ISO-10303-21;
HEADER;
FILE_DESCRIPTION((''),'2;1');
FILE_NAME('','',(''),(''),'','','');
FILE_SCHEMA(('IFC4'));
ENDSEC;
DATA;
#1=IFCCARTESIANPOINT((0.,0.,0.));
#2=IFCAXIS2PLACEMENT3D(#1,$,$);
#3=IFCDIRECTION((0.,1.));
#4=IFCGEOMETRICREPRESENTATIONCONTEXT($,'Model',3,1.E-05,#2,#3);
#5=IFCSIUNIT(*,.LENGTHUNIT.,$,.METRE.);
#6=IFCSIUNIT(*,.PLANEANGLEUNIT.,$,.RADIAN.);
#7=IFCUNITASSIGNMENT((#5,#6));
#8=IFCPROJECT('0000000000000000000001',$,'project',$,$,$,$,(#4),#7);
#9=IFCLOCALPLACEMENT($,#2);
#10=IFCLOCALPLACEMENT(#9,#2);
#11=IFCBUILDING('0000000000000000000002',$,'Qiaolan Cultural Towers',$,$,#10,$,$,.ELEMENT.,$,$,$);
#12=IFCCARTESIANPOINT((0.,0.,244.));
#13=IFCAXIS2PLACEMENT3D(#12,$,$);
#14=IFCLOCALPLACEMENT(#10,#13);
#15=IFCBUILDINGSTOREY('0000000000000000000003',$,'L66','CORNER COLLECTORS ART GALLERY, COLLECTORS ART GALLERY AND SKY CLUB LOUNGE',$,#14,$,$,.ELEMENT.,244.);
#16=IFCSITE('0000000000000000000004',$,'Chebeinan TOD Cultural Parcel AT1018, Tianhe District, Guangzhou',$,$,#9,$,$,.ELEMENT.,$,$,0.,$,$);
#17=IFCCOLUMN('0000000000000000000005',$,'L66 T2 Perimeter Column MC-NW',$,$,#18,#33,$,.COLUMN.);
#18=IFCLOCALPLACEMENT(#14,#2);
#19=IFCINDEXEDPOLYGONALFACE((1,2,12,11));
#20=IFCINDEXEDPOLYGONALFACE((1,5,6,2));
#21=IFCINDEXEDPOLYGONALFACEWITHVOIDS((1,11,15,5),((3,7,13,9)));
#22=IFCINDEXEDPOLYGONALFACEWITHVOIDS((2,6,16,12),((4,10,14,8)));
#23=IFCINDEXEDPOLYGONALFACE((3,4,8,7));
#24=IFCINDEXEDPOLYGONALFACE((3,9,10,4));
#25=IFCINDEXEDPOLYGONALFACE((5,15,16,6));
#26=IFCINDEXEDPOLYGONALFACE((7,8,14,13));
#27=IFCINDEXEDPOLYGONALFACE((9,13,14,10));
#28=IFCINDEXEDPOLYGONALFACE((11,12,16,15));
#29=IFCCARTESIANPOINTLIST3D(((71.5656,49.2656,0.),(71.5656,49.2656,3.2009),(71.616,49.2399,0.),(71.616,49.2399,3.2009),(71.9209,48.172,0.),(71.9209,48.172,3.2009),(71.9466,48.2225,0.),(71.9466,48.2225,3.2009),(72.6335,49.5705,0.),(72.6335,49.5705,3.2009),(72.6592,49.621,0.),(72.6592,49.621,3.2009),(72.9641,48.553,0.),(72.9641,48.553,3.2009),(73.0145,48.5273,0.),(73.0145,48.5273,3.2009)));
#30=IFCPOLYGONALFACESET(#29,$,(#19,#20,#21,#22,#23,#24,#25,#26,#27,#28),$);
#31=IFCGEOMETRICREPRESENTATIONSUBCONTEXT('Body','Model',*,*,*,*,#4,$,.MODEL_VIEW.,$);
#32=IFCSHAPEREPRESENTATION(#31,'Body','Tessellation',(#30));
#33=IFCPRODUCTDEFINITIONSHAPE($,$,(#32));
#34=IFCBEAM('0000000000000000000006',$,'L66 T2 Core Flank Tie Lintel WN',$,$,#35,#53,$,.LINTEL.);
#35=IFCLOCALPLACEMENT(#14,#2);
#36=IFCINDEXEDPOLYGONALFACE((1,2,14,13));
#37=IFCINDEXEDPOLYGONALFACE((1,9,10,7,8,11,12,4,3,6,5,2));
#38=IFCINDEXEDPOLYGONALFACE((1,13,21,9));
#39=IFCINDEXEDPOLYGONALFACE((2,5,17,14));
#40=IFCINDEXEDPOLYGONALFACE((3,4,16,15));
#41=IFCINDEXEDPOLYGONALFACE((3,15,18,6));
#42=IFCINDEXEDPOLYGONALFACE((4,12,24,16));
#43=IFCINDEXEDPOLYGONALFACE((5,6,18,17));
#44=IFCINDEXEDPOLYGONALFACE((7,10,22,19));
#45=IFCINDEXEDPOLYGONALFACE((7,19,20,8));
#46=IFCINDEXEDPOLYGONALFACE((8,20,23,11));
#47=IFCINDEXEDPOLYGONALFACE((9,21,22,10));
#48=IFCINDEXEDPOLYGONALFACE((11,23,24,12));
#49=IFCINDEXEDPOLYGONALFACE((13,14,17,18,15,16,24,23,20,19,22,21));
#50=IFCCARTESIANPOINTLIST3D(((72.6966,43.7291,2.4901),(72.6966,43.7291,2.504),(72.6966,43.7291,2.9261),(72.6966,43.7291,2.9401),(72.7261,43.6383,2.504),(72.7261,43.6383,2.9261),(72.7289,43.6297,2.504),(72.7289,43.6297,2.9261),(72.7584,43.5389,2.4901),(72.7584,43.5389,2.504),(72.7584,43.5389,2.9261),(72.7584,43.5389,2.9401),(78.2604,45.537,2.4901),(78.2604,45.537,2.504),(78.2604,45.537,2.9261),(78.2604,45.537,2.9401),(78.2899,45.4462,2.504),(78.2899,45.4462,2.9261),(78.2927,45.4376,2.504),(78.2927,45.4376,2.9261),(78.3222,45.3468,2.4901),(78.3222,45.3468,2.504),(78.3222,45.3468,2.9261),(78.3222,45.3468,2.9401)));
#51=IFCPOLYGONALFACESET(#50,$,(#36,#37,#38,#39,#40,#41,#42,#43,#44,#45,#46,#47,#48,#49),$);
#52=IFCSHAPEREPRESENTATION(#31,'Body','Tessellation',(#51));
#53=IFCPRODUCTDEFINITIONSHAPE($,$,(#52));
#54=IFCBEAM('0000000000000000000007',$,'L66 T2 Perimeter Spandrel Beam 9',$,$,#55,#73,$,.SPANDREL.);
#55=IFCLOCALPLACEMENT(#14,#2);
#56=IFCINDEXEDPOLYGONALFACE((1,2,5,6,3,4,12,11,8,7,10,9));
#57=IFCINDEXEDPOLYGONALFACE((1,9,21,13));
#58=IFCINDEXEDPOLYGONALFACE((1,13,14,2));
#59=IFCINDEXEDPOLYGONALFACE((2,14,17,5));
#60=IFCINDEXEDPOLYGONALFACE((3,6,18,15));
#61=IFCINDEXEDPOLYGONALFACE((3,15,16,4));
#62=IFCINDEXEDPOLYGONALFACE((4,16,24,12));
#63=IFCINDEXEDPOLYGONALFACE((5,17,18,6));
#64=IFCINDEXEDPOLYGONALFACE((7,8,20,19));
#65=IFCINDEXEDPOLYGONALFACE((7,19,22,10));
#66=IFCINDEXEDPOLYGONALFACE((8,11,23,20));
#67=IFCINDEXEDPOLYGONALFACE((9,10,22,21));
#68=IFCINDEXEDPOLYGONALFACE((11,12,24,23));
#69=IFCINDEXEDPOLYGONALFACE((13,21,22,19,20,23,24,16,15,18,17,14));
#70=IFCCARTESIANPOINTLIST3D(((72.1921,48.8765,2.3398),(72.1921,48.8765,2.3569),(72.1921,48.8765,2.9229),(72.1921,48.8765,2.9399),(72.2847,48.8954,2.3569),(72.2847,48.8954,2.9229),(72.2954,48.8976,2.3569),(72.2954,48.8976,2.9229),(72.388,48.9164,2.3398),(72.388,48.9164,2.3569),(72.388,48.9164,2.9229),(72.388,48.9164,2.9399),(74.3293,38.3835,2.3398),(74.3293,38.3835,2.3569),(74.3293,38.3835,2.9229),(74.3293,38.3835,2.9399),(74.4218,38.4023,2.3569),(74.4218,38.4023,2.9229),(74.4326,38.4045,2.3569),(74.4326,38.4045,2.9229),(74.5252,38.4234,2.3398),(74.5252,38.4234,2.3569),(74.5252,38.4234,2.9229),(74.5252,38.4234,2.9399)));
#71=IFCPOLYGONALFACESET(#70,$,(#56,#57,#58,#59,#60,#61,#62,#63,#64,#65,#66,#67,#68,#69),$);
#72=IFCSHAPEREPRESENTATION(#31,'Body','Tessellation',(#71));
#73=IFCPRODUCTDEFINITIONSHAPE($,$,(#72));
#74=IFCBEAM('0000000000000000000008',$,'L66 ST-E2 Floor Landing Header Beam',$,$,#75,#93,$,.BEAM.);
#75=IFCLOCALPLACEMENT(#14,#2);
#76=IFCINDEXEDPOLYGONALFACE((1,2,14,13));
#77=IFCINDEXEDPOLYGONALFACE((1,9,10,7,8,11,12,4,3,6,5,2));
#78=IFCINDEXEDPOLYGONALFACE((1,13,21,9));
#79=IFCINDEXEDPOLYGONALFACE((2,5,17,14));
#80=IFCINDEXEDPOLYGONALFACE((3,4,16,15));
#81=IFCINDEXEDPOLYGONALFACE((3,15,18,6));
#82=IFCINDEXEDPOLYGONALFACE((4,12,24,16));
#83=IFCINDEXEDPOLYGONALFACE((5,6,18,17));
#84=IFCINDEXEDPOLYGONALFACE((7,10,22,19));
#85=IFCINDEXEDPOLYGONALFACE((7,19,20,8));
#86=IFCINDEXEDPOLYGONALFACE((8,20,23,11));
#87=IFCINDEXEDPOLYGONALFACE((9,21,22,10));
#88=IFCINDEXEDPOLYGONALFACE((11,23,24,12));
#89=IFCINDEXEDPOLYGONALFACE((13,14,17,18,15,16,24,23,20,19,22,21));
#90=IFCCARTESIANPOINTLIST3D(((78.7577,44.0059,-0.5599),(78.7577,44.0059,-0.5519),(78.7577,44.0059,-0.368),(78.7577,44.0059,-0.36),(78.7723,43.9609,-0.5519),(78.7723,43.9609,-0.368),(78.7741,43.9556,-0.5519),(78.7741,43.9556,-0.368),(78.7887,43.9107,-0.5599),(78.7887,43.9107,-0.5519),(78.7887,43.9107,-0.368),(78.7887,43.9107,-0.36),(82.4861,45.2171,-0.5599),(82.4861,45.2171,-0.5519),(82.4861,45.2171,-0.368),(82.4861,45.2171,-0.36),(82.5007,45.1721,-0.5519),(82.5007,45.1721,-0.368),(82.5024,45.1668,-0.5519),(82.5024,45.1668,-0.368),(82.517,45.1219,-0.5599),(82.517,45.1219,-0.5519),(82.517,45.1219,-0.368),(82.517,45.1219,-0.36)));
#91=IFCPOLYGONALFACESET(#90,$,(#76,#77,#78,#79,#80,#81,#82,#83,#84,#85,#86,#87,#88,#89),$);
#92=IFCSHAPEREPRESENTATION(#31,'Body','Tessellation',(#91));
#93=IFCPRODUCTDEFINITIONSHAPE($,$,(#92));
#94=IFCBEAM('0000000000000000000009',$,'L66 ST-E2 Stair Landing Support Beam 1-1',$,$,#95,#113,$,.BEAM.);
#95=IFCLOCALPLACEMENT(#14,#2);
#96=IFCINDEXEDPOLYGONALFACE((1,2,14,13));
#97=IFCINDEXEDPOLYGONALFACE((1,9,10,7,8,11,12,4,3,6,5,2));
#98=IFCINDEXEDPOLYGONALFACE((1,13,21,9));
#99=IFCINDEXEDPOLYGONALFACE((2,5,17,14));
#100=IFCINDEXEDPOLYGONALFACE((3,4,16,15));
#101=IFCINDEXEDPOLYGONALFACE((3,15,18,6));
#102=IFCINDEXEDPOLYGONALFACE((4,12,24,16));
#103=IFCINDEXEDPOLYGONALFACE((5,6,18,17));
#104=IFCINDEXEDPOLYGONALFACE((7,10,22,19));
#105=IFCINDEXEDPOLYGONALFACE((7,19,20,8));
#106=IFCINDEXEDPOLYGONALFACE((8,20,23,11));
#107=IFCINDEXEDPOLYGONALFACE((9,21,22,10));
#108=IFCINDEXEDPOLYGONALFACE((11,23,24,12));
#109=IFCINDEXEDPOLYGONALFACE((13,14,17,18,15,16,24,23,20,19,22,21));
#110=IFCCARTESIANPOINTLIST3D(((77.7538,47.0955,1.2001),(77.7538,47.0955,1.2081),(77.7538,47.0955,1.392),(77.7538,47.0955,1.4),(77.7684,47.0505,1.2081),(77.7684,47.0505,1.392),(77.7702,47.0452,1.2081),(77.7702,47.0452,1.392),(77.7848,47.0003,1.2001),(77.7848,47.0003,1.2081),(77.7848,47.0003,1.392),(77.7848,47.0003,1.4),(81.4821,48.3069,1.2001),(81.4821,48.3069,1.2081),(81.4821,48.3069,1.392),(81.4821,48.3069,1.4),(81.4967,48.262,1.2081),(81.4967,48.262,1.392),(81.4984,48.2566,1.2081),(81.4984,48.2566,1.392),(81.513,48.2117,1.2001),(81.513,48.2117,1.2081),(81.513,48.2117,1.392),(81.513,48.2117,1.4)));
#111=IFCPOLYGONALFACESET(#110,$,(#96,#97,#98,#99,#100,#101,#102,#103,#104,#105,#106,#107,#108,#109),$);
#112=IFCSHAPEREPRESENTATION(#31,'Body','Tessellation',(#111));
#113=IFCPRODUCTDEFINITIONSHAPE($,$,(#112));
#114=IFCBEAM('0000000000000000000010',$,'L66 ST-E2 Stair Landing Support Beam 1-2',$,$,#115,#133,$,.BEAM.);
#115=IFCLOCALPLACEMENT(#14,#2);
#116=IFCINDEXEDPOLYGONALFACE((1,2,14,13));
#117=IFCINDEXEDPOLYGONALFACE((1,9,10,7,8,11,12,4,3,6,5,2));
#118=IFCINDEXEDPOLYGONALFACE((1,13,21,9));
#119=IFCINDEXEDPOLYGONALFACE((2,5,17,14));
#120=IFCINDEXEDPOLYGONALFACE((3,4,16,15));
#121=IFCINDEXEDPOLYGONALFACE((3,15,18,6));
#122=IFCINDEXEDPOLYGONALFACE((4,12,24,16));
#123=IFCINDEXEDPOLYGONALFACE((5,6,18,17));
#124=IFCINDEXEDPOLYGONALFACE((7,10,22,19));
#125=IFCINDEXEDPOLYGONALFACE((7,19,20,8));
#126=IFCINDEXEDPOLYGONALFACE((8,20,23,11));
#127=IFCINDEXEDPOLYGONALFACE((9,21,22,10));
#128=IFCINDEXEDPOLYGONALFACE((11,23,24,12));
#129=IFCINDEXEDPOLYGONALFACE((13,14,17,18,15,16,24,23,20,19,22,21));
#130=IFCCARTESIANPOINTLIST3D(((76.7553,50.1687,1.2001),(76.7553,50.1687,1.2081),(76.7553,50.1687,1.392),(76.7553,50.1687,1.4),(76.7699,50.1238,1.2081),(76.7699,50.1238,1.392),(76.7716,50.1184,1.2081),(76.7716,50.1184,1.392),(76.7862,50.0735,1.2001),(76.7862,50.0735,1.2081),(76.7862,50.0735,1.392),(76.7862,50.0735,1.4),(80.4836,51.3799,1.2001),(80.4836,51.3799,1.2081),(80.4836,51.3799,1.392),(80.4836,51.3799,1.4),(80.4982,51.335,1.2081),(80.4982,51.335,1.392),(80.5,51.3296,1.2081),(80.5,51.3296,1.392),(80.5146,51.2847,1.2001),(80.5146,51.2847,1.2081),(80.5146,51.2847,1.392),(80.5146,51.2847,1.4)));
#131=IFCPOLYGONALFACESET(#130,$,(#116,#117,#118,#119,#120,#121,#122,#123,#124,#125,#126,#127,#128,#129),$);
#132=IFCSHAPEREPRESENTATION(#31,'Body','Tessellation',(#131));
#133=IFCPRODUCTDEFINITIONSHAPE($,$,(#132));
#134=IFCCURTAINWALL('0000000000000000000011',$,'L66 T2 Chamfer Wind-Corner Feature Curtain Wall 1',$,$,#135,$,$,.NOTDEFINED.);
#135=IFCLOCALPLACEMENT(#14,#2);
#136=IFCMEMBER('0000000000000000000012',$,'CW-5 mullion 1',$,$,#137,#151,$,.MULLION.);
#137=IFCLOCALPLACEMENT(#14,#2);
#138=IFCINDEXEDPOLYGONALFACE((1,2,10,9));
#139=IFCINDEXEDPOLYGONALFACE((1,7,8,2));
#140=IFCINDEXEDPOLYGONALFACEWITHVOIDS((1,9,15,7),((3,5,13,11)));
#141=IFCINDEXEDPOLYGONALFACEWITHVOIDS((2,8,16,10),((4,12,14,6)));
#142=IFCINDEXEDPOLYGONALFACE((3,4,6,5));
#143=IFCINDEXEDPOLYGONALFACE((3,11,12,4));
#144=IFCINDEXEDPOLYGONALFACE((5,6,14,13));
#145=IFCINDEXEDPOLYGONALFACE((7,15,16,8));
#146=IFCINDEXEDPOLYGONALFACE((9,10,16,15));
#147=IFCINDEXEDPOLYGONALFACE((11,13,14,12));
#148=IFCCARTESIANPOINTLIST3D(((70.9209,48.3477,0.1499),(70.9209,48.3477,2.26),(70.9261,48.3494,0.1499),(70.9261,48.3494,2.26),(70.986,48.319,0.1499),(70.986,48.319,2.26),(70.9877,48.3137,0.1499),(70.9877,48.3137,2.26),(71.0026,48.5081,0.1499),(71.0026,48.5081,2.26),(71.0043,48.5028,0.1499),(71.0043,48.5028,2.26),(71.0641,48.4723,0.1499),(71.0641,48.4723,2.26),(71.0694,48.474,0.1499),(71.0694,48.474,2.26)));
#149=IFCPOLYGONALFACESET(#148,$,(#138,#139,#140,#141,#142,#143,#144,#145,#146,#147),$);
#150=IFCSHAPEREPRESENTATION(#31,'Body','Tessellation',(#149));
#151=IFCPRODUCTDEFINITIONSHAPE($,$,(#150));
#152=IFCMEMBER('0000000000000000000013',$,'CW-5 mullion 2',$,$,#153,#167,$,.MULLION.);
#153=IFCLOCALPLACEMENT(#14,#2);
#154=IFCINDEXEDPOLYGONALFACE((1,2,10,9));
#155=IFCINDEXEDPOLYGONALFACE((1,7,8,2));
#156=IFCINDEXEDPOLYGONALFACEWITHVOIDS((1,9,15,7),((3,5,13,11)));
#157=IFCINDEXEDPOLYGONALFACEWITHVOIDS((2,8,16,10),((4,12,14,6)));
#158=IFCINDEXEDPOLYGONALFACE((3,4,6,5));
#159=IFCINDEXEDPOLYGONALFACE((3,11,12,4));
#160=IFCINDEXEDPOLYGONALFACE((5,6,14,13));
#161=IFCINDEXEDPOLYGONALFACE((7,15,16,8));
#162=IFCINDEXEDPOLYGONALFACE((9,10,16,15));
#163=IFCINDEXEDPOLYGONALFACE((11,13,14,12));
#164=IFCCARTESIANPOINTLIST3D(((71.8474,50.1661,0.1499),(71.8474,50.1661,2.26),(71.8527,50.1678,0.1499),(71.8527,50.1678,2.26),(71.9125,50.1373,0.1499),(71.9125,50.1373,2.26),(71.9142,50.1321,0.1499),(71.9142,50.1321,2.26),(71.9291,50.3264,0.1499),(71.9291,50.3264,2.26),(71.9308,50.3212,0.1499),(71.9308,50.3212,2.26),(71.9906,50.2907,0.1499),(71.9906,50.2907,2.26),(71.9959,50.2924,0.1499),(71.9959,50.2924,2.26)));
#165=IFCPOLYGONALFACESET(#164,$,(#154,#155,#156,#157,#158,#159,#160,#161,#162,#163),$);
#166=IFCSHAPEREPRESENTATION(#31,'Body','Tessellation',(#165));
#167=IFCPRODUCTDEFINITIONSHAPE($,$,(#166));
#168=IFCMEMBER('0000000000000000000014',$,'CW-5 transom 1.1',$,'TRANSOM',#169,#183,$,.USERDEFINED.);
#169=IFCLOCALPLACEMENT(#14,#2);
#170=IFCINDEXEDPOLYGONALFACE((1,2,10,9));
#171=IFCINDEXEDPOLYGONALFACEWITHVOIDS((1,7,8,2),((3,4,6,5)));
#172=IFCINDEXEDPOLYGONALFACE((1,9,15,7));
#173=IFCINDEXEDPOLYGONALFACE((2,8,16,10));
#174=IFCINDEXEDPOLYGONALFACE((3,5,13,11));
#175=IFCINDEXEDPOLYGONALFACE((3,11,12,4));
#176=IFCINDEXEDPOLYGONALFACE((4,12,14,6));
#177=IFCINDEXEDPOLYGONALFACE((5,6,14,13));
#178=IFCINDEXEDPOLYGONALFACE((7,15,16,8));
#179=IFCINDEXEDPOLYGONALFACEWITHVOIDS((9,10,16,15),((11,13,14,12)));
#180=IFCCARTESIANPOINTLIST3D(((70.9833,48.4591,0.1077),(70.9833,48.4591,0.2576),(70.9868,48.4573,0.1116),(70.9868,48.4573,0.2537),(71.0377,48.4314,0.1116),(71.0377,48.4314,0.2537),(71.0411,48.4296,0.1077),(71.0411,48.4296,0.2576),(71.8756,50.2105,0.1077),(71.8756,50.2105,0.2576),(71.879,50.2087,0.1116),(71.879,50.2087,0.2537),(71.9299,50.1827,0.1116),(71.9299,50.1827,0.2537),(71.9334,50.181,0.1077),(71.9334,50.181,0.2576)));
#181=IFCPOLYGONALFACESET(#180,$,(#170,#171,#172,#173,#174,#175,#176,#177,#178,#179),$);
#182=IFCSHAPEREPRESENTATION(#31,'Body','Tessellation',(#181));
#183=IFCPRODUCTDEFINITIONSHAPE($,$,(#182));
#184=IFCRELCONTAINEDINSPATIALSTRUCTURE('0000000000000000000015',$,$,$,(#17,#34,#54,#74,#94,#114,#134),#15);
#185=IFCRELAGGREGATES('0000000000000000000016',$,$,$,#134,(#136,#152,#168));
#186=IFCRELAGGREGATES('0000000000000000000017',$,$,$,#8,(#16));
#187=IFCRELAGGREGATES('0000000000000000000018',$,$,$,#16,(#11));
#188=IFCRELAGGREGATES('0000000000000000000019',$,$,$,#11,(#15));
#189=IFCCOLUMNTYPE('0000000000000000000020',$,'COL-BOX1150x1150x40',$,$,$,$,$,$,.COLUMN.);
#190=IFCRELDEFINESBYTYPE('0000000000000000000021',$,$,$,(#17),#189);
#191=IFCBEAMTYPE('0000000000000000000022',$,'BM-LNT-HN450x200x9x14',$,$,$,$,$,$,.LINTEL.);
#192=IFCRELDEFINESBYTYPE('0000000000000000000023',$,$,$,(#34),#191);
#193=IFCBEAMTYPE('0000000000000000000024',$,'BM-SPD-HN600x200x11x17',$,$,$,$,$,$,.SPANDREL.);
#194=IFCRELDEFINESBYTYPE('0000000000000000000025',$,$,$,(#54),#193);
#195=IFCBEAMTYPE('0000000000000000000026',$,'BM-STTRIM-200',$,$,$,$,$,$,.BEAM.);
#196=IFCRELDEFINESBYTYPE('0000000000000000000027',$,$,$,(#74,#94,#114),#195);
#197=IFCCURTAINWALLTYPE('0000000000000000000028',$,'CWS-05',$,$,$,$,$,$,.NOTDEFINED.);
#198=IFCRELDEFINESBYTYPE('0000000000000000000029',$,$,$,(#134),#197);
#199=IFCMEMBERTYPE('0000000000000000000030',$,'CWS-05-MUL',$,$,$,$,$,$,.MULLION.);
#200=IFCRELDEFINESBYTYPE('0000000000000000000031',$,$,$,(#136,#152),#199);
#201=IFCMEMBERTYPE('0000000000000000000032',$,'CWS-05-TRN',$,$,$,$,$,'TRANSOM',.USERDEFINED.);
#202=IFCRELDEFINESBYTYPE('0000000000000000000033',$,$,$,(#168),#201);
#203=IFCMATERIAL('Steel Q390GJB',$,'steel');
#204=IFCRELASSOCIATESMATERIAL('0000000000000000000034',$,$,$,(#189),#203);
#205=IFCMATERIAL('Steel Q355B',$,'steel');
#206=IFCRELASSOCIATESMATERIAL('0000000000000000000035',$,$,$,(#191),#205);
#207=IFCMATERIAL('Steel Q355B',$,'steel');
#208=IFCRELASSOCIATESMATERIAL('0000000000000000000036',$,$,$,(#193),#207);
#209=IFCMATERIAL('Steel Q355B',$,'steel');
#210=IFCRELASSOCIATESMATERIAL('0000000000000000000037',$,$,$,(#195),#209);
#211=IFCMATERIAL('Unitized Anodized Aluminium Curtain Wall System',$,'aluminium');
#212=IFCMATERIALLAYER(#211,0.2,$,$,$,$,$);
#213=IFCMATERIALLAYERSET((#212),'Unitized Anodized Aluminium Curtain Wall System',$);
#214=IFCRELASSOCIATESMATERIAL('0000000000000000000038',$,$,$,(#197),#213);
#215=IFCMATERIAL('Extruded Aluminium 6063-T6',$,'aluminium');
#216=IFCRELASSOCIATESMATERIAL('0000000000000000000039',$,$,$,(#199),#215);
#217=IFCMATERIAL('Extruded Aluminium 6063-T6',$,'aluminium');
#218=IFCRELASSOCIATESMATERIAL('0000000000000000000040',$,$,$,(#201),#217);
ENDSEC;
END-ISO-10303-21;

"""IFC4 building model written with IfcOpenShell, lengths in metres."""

from ifc_helpers import new_model, si_unit, direction, frame, origin, origin_2d, place, context, subcontext, project, spatial, hollow_rectangle, i_section, extrude, material, layer, layer_set, material_profile, profile_set, type_object, element, aggregate, save


model = new_model("IFC4")

# Units and contexts
model_context = context("Model", 3, precision=1e-05, world=origin(), true_north=direction((0.0, 1.0)))
body_context = subcontext(model_context, "Body", "Model", "MODEL_VIEW")
ifc_project = project(units=[si_unit("LENGTHUNIT", "METRE"), si_unit("PLANEANGLEUNIT", "RADIAN")], contexts=[model_context])

# Site, building, storey
site_placement = place(None, origin())
site = spatial("IfcSite", under=ifc_project, at=site_placement, Name="Chebeinan TOD Cultural Parcel AT1018, Tianhe District, Guangzhou", CompositionType="ELEMENT", RefElevation=0.0)
building_placement = place(site_placement, origin())
building = spatial("IfcBuilding", under=site, at=building_placement, Name="Qiaolan Cultural Towers", CompositionType="ELEMENT")
storey_placement = place(building_placement, frame((0.0, 0.0, 244.0)))
storey = spatial("IfcBuildingStorey", under=building, at=storey_placement, Name="L66", Description="CORNER COLLECTORS ART GALLERY, COLLECTORS ART GALLERY AND SKY CLUB LOUNGE", CompositionType="ELEMENT", Elevation=244.0)

# Column
ifc_material_1 = material(Name="Steel Q390GJB", Category="steel")
ifc_material_profile_1 = material_profile(ifc_material_1, hollow_rectangle(XDim=1.1499, YDim=1.1499, WallThickness=0.04, at=origin_2d()), Name="BOX1150x1150x40")
ifc_profile_set_1 = profile_set([ifc_material_profile_1], Name="Steel Q390GJB")
column_type = type_object("IfcColumnType", Name="COL-BOX1150x1150x40", PredefinedType="COLUMN", material=ifc_profile_set_1)
column_placement = place(storey_placement, frame((72.29, 48.8965, 0.0), z_axis=(0.0, 0.0, 1.0), x_axis=(0.951057, 0.309017, 0.0)))
element("IfcColumn", 1, at=column_placement, inside=storey, type_object=column_type, Name="L66 T2 Perimeter Column MC-NW", PredefinedType="COLUMN", context=body_context, shape_type="SweptSolid", body=[
    extrude(hollow_rectangle(XDim=1.1499, YDim=1.1499, WallThickness=0.04, at=origin_2d()), origin(), (0.0, 0.0, 1.0), 3.2009),
])

# Beams
ifc_material_2 = material(Name="Steel Q355B", Category="steel")
ifc_material_profile_2 = material_profile(ifc_material_2, i_section(OverallWidth=0.2, OverallDepth=0.45, WebThickness=0.009, FlangeThickness=0.0139, at=origin_2d()), Name="HN450x200x9x14")
ifc_profile_set_2 = profile_set([ifc_material_profile_2], Name="Steel Q355B")
beam_type_1 = type_object("IfcBeamType", Name="BM-LNT-HN450x200x9x14", PredefinedType="LINTEL", material=ifc_profile_set_2)
beam_1_placement = place(storey_placement, frame((78.2913, 45.4419, 2.7151), z_axis=(-0.951052, -0.309032, 0.0), x_axis=(0.309032, -0.951052, 0.0)))
element("IfcBeam", 2, at=beam_1_placement, inside=storey, type_object=beam_type_1, Name="L66 T2 Core Flank Tie Lintel WN", PredefinedType="LINTEL", context=body_context, shape_type="SweptSolid", body=[
    extrude(i_section(OverallWidth=0.2, OverallDepth=0.45, WebThickness=0.009, FlangeThickness=0.0139, at=origin_2d()), origin(), (0.0, 0.0, 1.0), 5.8501),
])
ifc_material_3 = material(Name="Steel Q355B", Category="steel")
ifc_material_profile_3 = material_profile(ifc_material_3, i_section(OverallWidth=0.2, OverallDepth=0.6001, WebThickness=0.011, FlangeThickness=0.0171, at=origin_2d()), Name="HN600x200x11x17")
ifc_profile_set_3 = profile_set([ifc_material_profile_3], Name="Steel Q355B")
beam_type_2 = type_object("IfcBeamType", Name="BM-SPD-HN600x200x11x17", PredefinedType="SPANDREL", material=ifc_profile_set_3)
beam_2_placement = place(storey_placement, frame((72.29, 48.8965, 2.6399), z_axis=(0.199579, -0.979882, 0.0), x_axis=(0.979882, 0.199579, 0.0)))
element("IfcBeam", 3, at=beam_2_placement, inside=storey, type_object=beam_type_2, Name="L66 T2 Perimeter Spandrel Beam 9", PredefinedType="SPANDREL", context=body_context, shape_type="SweptSolid", body=[
    extrude(i_section(OverallWidth=0.2, OverallDepth=0.6001, WebThickness=0.011, FlangeThickness=0.0171, at=origin_2d()), origin(), (0.0, 0.0, 1.0), 10.7085),
])
ifc_material_4 = material(Name="Steel Q355B", Category="steel")
ifc_material_profile_4 = material_profile(ifc_material_4, i_section(OverallWidth=0.1001, OverallDepth=0.2, WebThickness=0.0056, FlangeThickness=0.0081, at=origin_2d()), Name="HN200x100x5.5x8")
ifc_profile_set_4 = profile_set([ifc_material_profile_4], Name="Steel Q355B")
beam_type_3 = type_object("IfcBeamType", Name="BM-STTRIM-200", PredefinedType="BEAM", material=ifc_profile_set_4)
for number, where, z_axis, x_axis, name in (
    (4, (78.7732, 43.9583, -0.46), (0.951072, 0.308969, 0.0), (-0.308969, 0.951072, 0.0), "L66 ST-E2 Floor Landing Header Beam"),
    (5, (77.7693, 47.0479, 1.3), (0.951054, 0.309026, 0.0), (-0.309026, 0.951054, 0.0), "L66 ST-E2 Stair Landing Support Beam 1-1"),
    (6, (76.7708, 50.1211, 1.3), (0.951072, 0.308969, 0.0), (-0.308969, 0.951072, 0.0), "L66 ST-E2 Stair Landing Support Beam 1-2"),
):
    element("IfcBeam", number, at=place(storey_placement, frame(where, z_axis=z_axis, x_axis=x_axis)), inside=storey, type_object=beam_type_3, Name=name, PredefinedType="BEAM", context=body_context, shape_type="SweptSolid", body=[
        extrude(i_section(OverallWidth=0.1001, OverallDepth=0.2, WebThickness=0.0056, FlangeThickness=0.0081, at=origin_2d()), origin(), (0.0, 0.0, 1.0), 3.9202),
    ])

# Curtain wall, members
ifc_material_5 = material(Name="Unitized Anodized Aluminium Curtain Wall System", Category="aluminium")
ifc_layer_1 = layer(ifc_material_5, 0.2)
ifc_layer_set_1 = layer_set([ifc_layer_1], Name="Unitized Anodized Aluminium Curtain Wall System")
curtain_wall_type = type_object("IfcCurtainWallType", Name="CWS-05", PredefinedType="NOTDEFINED", material=ifc_layer_set_1)
curtain_wall_placement = place(storey_placement, origin())
curtain_wall = element("IfcCurtainWall", 7, at=curtain_wall_placement, inside=storey, type_object=curtain_wall_type, Name="L66 T2 Chamfer Wind-Corner Feature Curtain Wall 1", PredefinedType="NOTDEFINED")
ifc_material_6 = material(Name="Extruded Aluminium 6063-T6", Category="aluminium")
ifc_material_profile_5 = material_profile(ifc_material_6, hollow_rectangle(XDim=0.075, YDim=0.1799, WallThickness=0.0039, at=origin_2d()), Name="CWM-180x75x4")
ifc_profile_set_5 = profile_set([ifc_material_profile_5], Name="Extruded Aluminium 6063-T6")
member_type_1 = type_object("IfcMemberType", Name="CWS-05-MUL", PredefinedType="MULLION", material=ifc_profile_set_5)
member_1_placement = place(storey_placement, frame((70.9951, 48.4109, 0.1499), z_axis=(0.0, 0.0, 1.0), x_axis=(-0.891007, 0.45399, 0.0)))
member_1 = element("IfcMember", 8, at=member_1_placement, type_object=member_type_1, Name="CW-5 mullion 1", PredefinedType="MULLION", context=body_context, shape_type="SweptSolid", body=[
    extrude(hollow_rectangle(XDim=0.075, YDim=0.1799, WallThickness=0.0039, at=origin_2d()), origin(), (0.0, 0.0, 1.0), 2.1101),
])
member_2_placement = place(storey_placement, frame((71.9216, 50.2292, 0.1499), z_axis=(0.0, 0.0, 1.0), x_axis=(-0.891007, 0.45399, 0.0)))
member_2 = element("IfcMember", 9, at=member_2_placement, type_object=member_type_1, Name="CW-5 mullion 2", PredefinedType="MULLION", context=body_context, shape_type="SweptSolid", body=[
    extrude(hollow_rectangle(XDim=0.075, YDim=0.1799, WallThickness=0.0039, at=origin_2d()), origin(), (0.0, 0.0, 1.0), 2.1101),
])
ifc_material_7 = material(Name="Extruded Aluminium 6063-T6", Category="aluminium")
ifc_material_profile_6 = material_profile(ifc_material_7, hollow_rectangle(XDim=0.0649, YDim=0.1499, WallThickness=0.0039, at=origin_2d()), Name="CWT-150x65x4")
ifc_profile_set_6 = profile_set([ifc_material_profile_6], Name="Extruded Aluminium 6063-T6")
member_type_2 = type_object("IfcMemberType", Name="CWS-05-TRN", ElementType="TRANSOM", PredefinedType="USERDEFINED", material=ifc_profile_set_6)
member_3_placement = place(storey_placement, frame((71.0122, 48.4443, 0.1826), z_axis=(0.453957, 0.891023, 0.0), x_axis=(-0.891023, 0.453957, 0.0)))
member_3 = element("IfcMember", 10, at=member_3_placement, type_object=member_type_2, Name="CW-5 transom 1.1", ObjectType="TRANSOM", PredefinedType="USERDEFINED", context=body_context, shape_type="SweptSolid", body=[
    extrude(hollow_rectangle(XDim=0.0649, YDim=0.1499, WallThickness=0.0039, at=origin_2d()), origin(), (0.0, 0.0, 1.0), 1.9656),
])
aggregate(curtain_wall, [member_1, member_2, member_3])

save(model, "model.ifc")
